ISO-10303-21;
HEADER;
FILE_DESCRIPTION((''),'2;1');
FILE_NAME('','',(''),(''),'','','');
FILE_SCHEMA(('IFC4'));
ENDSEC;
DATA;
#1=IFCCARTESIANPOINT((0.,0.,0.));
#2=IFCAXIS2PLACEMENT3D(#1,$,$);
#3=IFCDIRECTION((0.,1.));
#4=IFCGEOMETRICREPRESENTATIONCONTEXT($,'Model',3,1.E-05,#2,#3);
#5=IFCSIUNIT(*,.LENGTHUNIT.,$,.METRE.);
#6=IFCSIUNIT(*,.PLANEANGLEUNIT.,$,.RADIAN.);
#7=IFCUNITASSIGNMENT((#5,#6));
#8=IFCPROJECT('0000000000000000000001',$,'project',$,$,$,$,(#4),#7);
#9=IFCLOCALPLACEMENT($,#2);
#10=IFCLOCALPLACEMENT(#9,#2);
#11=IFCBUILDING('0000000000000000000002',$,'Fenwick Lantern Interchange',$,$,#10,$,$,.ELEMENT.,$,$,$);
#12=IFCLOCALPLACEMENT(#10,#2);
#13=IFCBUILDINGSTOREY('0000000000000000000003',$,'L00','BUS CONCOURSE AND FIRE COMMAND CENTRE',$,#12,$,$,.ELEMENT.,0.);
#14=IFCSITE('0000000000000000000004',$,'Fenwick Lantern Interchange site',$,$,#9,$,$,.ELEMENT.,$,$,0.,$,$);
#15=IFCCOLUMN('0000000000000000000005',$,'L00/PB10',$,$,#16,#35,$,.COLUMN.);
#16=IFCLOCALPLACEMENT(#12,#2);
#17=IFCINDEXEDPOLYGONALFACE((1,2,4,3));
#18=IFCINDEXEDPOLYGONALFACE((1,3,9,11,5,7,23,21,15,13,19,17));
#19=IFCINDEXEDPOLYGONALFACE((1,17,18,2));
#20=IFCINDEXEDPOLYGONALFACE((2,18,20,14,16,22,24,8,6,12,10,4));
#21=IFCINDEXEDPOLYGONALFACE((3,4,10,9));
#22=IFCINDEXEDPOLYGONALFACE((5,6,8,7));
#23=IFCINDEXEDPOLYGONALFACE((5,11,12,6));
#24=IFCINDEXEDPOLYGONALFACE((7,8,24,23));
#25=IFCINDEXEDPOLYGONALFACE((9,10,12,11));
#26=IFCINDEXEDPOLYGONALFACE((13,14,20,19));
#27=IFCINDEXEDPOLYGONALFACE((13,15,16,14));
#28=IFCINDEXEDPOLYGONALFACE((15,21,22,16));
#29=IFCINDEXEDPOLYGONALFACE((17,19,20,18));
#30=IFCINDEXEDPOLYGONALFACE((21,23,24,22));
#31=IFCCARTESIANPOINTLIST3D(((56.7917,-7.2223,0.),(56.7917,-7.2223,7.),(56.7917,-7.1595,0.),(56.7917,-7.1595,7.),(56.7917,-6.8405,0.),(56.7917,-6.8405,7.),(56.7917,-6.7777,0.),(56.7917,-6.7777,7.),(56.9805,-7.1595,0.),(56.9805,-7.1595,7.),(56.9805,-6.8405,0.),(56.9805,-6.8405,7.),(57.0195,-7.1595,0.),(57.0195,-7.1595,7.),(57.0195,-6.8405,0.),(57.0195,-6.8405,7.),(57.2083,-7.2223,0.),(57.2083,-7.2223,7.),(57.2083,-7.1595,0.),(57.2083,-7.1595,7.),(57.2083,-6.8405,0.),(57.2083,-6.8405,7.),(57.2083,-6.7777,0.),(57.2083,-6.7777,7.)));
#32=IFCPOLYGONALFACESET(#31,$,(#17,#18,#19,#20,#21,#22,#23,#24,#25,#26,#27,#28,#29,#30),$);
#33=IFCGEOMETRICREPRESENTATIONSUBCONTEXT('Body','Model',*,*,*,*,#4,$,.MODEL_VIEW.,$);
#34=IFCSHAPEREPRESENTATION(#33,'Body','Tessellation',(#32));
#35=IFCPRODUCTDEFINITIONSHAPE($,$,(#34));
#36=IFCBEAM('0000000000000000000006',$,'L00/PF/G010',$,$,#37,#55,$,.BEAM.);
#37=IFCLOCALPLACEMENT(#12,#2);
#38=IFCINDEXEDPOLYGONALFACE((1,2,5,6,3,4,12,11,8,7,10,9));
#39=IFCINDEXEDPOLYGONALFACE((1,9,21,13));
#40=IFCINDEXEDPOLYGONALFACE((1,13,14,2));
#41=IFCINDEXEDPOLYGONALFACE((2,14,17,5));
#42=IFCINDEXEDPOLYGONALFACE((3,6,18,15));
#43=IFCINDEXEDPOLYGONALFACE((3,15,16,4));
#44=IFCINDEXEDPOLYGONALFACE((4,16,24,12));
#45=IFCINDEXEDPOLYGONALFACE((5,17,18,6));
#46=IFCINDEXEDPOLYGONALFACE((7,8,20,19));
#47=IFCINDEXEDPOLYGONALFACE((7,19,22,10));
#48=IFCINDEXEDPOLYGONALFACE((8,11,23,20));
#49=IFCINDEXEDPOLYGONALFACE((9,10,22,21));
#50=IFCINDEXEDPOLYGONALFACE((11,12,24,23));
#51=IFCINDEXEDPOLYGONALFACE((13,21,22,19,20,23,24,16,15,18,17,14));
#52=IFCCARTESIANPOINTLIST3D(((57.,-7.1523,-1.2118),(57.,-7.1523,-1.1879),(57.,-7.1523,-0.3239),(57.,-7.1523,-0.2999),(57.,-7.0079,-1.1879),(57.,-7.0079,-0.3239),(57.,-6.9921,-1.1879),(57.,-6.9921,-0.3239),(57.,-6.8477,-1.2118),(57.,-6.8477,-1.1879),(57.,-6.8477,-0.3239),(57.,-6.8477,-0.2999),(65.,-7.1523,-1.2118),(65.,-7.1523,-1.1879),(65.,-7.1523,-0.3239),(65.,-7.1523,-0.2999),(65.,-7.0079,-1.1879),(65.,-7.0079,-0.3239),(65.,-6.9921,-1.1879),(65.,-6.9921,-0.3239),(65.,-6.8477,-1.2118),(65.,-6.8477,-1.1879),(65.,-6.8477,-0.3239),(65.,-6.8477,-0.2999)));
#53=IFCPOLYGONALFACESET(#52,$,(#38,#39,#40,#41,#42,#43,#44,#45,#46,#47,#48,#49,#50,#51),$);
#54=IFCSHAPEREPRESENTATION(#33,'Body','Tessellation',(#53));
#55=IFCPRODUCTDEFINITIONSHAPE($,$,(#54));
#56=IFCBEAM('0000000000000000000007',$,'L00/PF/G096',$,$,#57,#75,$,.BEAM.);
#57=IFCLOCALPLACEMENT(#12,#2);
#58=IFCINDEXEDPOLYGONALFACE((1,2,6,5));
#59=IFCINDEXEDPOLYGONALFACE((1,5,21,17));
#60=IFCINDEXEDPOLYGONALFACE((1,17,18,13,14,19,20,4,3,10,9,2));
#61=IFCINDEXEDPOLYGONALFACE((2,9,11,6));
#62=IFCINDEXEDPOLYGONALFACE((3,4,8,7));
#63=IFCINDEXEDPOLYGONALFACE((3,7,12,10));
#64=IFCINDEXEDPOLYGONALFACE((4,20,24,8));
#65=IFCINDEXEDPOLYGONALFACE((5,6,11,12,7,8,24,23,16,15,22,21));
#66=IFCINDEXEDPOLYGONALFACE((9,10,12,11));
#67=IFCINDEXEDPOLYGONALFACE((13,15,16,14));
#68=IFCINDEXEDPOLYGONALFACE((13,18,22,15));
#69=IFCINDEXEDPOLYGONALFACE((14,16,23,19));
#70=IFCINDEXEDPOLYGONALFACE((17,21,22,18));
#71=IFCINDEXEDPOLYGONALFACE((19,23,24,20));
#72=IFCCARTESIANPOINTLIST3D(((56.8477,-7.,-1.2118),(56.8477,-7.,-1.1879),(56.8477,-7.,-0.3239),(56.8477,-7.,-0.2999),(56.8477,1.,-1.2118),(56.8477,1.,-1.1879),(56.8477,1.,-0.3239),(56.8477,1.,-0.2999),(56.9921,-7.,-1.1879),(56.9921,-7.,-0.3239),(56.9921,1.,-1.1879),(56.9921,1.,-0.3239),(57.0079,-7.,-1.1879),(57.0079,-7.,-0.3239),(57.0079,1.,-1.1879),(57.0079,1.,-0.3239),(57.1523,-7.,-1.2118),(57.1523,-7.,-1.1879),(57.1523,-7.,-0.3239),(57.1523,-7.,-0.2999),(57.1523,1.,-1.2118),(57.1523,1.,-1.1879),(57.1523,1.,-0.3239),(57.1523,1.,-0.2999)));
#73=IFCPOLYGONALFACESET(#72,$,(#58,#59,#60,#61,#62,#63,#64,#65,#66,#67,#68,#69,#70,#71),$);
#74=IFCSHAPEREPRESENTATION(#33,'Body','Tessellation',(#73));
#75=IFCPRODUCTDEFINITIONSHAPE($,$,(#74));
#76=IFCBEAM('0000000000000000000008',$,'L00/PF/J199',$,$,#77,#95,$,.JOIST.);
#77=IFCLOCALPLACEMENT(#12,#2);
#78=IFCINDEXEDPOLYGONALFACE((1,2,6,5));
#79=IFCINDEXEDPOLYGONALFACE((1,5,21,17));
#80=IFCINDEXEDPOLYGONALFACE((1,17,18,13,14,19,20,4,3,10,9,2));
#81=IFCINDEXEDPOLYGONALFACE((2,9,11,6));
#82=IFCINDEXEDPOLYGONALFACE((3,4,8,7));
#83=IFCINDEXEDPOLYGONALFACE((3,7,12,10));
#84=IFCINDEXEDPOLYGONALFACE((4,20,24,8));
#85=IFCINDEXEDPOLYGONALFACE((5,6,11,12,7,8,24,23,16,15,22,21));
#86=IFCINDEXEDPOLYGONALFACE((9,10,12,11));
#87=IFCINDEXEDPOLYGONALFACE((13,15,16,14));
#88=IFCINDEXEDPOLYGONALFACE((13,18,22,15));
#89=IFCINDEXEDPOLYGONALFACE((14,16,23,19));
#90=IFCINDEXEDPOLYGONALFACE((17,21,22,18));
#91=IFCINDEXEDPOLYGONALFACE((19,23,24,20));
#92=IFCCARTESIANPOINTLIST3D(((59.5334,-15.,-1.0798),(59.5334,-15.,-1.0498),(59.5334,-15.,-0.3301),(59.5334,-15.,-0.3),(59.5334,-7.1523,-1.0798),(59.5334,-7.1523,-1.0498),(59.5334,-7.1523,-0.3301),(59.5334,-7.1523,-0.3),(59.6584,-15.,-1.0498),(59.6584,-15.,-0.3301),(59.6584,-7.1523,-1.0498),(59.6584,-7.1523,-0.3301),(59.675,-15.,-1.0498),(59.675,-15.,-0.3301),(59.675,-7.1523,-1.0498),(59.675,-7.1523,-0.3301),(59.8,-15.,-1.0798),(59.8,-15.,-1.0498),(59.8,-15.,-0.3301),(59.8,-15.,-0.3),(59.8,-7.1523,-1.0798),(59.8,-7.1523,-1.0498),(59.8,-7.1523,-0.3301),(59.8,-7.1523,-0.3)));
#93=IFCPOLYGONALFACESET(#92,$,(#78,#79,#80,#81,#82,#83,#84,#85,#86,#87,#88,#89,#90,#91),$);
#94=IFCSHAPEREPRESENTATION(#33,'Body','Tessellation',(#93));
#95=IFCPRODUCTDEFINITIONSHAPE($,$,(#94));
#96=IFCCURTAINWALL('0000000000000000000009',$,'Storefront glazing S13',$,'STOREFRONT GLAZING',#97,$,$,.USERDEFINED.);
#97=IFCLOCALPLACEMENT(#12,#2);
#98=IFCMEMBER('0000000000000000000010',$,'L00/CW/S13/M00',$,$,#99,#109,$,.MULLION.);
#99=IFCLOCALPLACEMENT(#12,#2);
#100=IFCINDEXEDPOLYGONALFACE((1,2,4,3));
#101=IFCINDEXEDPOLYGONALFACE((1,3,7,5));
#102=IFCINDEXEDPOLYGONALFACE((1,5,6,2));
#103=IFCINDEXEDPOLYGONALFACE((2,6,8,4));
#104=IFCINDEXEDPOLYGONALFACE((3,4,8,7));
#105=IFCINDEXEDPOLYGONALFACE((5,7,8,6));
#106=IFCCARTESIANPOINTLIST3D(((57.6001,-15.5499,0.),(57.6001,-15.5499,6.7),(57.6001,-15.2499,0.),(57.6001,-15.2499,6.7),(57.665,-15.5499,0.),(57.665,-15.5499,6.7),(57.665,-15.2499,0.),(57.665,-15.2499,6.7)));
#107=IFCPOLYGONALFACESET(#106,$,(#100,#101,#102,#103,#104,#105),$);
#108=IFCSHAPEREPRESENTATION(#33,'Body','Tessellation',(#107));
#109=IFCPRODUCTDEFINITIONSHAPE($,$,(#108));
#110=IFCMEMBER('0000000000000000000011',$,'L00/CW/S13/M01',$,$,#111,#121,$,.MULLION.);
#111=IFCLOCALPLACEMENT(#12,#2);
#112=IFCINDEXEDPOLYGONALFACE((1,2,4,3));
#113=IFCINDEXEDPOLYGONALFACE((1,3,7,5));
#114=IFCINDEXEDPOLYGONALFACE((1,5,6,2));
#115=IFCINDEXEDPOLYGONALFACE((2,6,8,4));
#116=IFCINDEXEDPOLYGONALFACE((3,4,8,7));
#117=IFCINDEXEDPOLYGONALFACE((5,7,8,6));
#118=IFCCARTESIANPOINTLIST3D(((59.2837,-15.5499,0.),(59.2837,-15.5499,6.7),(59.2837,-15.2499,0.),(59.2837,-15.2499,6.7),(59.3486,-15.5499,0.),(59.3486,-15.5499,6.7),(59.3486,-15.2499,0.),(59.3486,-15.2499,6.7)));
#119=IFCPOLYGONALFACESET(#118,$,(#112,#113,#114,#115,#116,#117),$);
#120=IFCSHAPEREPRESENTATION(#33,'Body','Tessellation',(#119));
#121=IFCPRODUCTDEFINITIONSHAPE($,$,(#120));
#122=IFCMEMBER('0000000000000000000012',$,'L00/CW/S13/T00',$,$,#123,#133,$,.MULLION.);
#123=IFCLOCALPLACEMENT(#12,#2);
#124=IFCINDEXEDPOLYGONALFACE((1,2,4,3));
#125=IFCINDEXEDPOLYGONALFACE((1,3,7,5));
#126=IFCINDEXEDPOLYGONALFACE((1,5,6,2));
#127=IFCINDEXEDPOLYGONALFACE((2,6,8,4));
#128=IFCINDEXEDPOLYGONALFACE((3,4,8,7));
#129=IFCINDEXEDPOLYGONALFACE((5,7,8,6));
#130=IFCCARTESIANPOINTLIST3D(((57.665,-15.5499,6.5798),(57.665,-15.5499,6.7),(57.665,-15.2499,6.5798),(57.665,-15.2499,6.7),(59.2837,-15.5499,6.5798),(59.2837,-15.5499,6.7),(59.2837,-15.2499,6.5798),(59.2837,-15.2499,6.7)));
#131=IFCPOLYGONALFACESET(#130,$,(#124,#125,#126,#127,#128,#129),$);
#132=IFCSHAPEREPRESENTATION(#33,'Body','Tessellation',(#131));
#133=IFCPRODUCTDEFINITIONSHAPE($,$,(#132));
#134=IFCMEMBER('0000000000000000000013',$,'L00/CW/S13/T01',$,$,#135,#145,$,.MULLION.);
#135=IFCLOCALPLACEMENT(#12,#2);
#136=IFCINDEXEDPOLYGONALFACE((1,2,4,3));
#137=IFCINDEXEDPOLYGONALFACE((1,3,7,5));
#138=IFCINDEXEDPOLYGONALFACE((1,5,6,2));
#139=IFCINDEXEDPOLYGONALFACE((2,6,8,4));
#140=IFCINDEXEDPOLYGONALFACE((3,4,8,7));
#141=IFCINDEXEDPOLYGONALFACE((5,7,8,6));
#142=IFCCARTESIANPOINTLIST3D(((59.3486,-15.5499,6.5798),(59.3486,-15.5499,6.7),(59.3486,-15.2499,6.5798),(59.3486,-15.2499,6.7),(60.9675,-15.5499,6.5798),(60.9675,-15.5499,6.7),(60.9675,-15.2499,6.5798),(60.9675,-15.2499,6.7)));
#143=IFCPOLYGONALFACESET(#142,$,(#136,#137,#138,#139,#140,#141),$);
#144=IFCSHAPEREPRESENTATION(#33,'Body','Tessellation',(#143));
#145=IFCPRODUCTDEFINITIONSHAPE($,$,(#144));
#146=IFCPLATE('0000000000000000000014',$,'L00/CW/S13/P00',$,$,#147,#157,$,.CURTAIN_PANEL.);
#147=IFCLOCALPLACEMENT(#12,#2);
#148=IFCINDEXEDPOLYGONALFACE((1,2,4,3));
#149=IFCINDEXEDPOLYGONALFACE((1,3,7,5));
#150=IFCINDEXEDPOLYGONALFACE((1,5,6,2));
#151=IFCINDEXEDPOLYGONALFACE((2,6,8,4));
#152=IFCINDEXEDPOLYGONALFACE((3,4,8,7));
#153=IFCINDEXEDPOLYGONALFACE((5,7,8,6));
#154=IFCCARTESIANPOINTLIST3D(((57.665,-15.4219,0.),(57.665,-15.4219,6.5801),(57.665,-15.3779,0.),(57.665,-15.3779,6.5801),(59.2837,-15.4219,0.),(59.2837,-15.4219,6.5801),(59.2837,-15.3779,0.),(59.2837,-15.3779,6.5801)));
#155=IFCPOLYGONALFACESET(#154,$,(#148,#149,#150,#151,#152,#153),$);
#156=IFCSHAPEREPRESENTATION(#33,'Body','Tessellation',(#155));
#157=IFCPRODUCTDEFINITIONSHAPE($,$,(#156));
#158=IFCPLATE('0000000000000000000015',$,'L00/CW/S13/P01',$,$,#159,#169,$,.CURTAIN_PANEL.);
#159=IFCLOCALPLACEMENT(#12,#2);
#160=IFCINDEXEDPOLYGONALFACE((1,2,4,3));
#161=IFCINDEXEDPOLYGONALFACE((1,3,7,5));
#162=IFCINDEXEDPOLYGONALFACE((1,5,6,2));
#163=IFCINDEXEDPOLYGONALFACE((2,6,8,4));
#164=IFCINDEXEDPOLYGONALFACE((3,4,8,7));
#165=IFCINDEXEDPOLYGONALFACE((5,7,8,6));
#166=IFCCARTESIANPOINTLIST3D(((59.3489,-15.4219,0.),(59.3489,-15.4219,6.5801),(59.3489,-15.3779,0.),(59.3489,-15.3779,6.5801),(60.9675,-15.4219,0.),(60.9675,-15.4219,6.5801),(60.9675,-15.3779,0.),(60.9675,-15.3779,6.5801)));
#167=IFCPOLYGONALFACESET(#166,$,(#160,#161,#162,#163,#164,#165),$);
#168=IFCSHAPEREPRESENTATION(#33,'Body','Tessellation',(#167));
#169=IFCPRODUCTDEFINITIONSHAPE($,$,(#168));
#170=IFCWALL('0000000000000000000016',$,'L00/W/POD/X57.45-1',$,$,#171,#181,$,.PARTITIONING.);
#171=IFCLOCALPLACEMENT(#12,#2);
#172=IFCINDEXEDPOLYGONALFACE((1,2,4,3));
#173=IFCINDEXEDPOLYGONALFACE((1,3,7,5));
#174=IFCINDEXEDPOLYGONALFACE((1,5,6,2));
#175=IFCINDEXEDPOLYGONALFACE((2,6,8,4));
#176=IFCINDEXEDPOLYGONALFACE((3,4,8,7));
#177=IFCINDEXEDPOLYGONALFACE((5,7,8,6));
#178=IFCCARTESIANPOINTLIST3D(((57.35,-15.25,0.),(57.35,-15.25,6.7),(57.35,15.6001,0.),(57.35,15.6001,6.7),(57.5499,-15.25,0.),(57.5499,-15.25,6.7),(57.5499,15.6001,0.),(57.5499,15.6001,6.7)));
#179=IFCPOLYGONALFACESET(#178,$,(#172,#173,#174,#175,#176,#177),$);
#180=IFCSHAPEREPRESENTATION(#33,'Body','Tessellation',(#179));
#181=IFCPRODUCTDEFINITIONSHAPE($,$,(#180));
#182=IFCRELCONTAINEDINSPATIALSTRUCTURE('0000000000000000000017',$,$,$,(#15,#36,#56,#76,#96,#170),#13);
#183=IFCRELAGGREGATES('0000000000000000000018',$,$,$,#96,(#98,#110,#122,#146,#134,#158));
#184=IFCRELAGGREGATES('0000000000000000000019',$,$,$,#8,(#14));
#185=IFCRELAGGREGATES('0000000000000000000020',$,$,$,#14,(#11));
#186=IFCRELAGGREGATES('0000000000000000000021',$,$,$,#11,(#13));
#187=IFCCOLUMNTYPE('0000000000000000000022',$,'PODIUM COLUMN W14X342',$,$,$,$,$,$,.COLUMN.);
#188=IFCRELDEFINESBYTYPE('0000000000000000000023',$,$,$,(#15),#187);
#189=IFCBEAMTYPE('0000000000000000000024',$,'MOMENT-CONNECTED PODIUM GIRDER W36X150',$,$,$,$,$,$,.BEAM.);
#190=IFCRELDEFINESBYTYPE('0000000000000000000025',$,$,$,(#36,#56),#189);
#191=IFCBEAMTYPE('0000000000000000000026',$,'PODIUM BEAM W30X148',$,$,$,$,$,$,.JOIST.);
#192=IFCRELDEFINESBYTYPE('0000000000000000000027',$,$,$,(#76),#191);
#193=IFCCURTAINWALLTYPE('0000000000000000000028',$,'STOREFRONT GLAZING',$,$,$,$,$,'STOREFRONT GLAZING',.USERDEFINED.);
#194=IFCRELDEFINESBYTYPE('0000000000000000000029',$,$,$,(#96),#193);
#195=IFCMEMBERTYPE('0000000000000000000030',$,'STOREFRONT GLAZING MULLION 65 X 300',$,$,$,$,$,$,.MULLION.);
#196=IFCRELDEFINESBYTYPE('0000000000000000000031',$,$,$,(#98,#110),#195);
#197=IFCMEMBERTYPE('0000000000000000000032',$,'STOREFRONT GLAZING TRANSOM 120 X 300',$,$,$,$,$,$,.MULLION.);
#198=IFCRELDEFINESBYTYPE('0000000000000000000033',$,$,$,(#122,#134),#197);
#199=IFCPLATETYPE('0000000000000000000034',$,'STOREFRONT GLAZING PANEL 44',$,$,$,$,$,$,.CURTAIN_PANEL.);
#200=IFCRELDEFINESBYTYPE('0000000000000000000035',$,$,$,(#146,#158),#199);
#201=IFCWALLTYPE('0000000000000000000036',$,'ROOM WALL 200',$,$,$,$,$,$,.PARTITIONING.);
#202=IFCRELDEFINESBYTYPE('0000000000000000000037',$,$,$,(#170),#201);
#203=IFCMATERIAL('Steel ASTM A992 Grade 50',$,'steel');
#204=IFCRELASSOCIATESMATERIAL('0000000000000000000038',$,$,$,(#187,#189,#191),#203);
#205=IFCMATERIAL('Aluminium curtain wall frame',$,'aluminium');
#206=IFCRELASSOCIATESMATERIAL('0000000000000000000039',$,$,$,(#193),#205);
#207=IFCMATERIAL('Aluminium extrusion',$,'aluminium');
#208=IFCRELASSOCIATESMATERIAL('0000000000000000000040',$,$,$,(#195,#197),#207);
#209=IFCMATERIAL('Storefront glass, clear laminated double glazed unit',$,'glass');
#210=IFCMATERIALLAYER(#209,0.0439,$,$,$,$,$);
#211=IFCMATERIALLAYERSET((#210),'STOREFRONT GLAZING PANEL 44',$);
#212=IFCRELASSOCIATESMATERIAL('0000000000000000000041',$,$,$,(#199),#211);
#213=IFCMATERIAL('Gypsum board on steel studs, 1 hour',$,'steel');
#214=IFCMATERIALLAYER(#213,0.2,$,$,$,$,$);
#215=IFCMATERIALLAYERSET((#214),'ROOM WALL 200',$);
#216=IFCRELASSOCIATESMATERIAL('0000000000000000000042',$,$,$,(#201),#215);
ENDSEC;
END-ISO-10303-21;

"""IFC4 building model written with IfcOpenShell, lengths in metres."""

from ifc_helpers import new_model, si_unit, direction, frame, frame_2d, origin, origin_2d, place, context, subcontext, project, spatial, rectangle, i_section, extrude, material, layer, layer_set, material_profile, profile_set, type_object, element, aggregate, save


model = new_model("IFC4")

# Units and contexts
model_context = context("Model", 3, precision=1e-05, world=origin(), true_north=direction((0.0, 1.0)))
body_context = subcontext(model_context, "Body", "Model", "MODEL_VIEW")
ifc_project = project(units=[si_unit("LENGTHUNIT", "METRE"), si_unit("PLANEANGLEUNIT", "RADIAN")], contexts=[model_context])

# Site, building, storey
site_placement = place(None, origin())
site = spatial("IfcSite", under=ifc_project, at=site_placement, Name="Fenwick Lantern Interchange site", CompositionType="ELEMENT", RefElevation=0.0)
building_placement = place(site_placement, origin())
building = spatial("IfcBuilding", under=site, at=building_placement, Name="Fenwick Lantern Interchange", CompositionType="ELEMENT")
storey_placement = place(building_placement, origin())
storey = spatial("IfcBuildingStorey", under=building, at=storey_placement, Name="L00", Description="BUS CONCOURSE AND FIRE COMMAND CENTRE", CompositionType="ELEMENT", Elevation=0.0)

# Column
ifc_material_1 = material(Name="Steel ASTM A992 Grade 50", Category="steel")
ifc_material_profile_1 = material_profile(ifc_material_1, i_section(OverallWidth=0.4165, OverallDepth=0.4446, WebThickness=0.0391, FlangeThickness=0.0627, at=origin_2d()), Name="W14X342")
ifc_profile_set_1 = profile_set([ifc_material_profile_1], Name="Steel ASTM A992 Grade 50")
column_type = type_object("IfcColumnType", Name="PODIUM COLUMN W14X342", PredefinedType="COLUMN", material=ifc_profile_set_1)
column_placement = place(storey_placement, frame((57.0, -7.0, 0.0), z_axis=(0.0, 0.0, 1.0), x_axis=(1.0, 0.0, 0.0)))
element("IfcColumn", 1, at=column_placement, inside=storey, type_object=column_type, Name="L00/PB10", PredefinedType="COLUMN", context=body_context, shape_type="SweptSolid", body=[
    extrude(i_section(OverallWidth=0.4165, OverallDepth=0.4446, WebThickness=0.0391, FlangeThickness=0.0627, at=origin_2d()), origin(), (0.0, 0.0, 1.0), 7.0),
])

# Beams
ifc_material_profile_2 = material_profile(ifc_material_1, i_section(OverallWidth=0.3047, OverallDepth=0.9119, WebThickness=0.0159, FlangeThickness=0.0239, at=origin_2d()), Name="W36X150")
ifc_profile_set_2 = profile_set([ifc_material_profile_2], Name="Steel ASTM A992 Grade 50")
beam_type_1 = type_object("IfcBeamType", Name="MOMENT-CONNECTED PODIUM GIRDER W36X150", PredefinedType="BEAM", material=ifc_profile_set_2)
for number, where, z_axis, x_axis, name in (
    (2, (57.0, -7.0, -0.7559), (1.0, 0.0, 0.0), (0.0, 1.0, 0.0), "L00/PF/G010"),
    (3, (57.0, -7.0, -0.7559), (0.0, 1.0, 0.0), (-1.0, 0.0, 0.0), "L00/PF/G096"),
):
    element("IfcBeam", number, at=place(storey_placement, frame(where, z_axis=z_axis, x_axis=x_axis)), inside=storey, type_object=beam_type_1, Name=name, PredefinedType="BEAM", context=body_context, shape_type="SweptSolid", body=[
        extrude(i_section(OverallWidth=0.3047, OverallDepth=0.9119, WebThickness=0.0159, FlangeThickness=0.0239, at=origin_2d()), origin(), (0.0, 0.0, 1.0), 8.0),
    ])
ifc_material_profile_3 = material_profile(ifc_material_1, i_section(OverallWidth=0.2666, OverallDepth=0.7798, WebThickness=0.0166, FlangeThickness=0.03, at=origin_2d()), Name="W30X148")
ifc_profile_set_3 = profile_set([ifc_material_profile_3], Name="Steel ASTM A992 Grade 50")
beam_type_2 = type_object("IfcBeamType", Name="PODIUM BEAM W30X148", PredefinedType="JOIST", material=ifc_profile_set_3)
beam_placement = place(storey_placement, frame((59.6667, -15.0, -0.6899), z_axis=(0.0, 1.0, 0.0), x_axis=(-1.0, 0.0, 0.0)))
element("IfcBeam", 4, at=beam_placement, inside=storey, type_object=beam_type_2, Name="L00/PF/J199", PredefinedType="JOIST", context=body_context, shape_type="SweptSolid", body=[
    extrude(i_section(OverallWidth=0.2666, OverallDepth=0.7798, WebThickness=0.0166, FlangeThickness=0.03, at=origin_2d()), origin(), (0.0, 0.0, 1.0), 7.8477),
])

# Curtain wall, members, plates
ifc_material_2 = material(Name="Aluminium curtain wall frame", Category="aluminium")
curtain_wall_type = type_object("IfcCurtainWallType", Name="STOREFRONT GLAZING", ElementType="STOREFRONT GLAZING", PredefinedType="USERDEFINED", material=ifc_material_2)
curtain_wall_placement = place(storey_placement, origin())
curtain_wall = element("IfcCurtainWall", 5, at=curtain_wall_placement, inside=storey, type_object=curtain_wall_type, Name="Storefront glazing S13", ObjectType="STOREFRONT GLAZING", PredefinedType="USERDEFINED")
ifc_material_3 = material(Name="Aluminium extrusion", Category="aluminium")
ifc_material_profile_4 = material_profile(ifc_material_3, rectangle(XDim=0.3, YDim=0.0649, at=origin_2d()), Name="STOREFRONT GLAZING MULLION 65 X 300")
ifc_profile_set_4 = profile_set([ifc_material_profile_4], Name="Aluminium extrusion")
member_type_1 = type_object("IfcMemberType", Name="STOREFRONT GLAZING MULLION 65 X 300", PredefinedType="MULLION", material=ifc_profile_set_4)
member_1_placement = place(storey_placement, frame((57.6326, -15.3999, 0.0), z_axis=(0.0, 0.0, 1.0), x_axis=(0.0, 1.0, 0.0)))
member_1 = element("IfcMember", 6, at=member_1_placement, type_object=member_type_1, Name="L00/CW/S13/M00", PredefinedType="MULLION", context=body_context, shape_type="SweptSolid", body=[
    extrude(rectangle(XDim=0.3, YDim=0.0649, at=origin_2d()), origin(), (0.0, 0.0, 1.0), 6.7),
])
member_2_placement = place(storey_placement, frame((59.3162, -15.3999, 0.0), z_axis=(0.0, 0.0, 1.0), x_axis=(0.0, 1.0, 0.0)))
member_2 = element("IfcMember", 7, at=member_2_placement, type_object=member_type_1, Name="L00/CW/S13/M01", PredefinedType="MULLION", context=body_context, shape_type="SweptSolid", body=[
    extrude(rectangle(XDim=0.3, YDim=0.0649, at=origin_2d()), origin(), (0.0, 0.0, 1.0), 6.7),
])
ifc_material_profile_5 = material_profile(ifc_material_3, rectangle(XDim=0.3, YDim=0.1201, at=origin_2d()), Name="STOREFRONT GLAZING TRANSOM 120 X 300")
ifc_profile_set_5 = profile_set([ifc_material_profile_5], Name="Aluminium extrusion")
member_type_2 = type_object("IfcMemberType", Name="STOREFRONT GLAZING TRANSOM 120 X 300", PredefinedType="MULLION", material=ifc_profile_set_5)
member_3_placement = place(storey_placement, frame((57.665, -15.3999, 6.6399), z_axis=(1.0, 0.0, 0.0), x_axis=(0.0, 1.0, 0.0)))
member_3 = element("IfcMember", 8, at=member_3_placement, type_object=member_type_2, Name="L00/CW/S13/T00", PredefinedType="MULLION", context=body_context, shape_type="SweptSolid", body=[
    extrude(rectangle(XDim=0.3, YDim=0.1201, at=origin_2d()), origin(), (0.0, 0.0, 1.0), 1.6187),
])
member_4_placement = place(storey_placement, frame((59.3486, -15.3999, 6.6399), z_axis=(1.0, 0.0, 0.0), x_axis=(0.0, 1.0, 0.0)))
member_4 = element("IfcMember", 9, at=member_4_placement, type_object=member_type_2, Name="L00/CW/S13/T01", PredefinedType="MULLION", context=body_context, shape_type="SweptSolid", body=[
    extrude(rectangle(XDim=0.3, YDim=0.1201, at=origin_2d()), origin(), (0.0, 0.0, 1.0), 1.6189),
])
ifc_material_4 = material(Name="Storefront glass, clear laminated double glazed unit", Category="glass")
ifc_layer_1 = layer(ifc_material_4, 0.0439)
ifc_layer_set_1 = layer_set([ifc_layer_1], Name="STOREFRONT GLAZING PANEL 44")
plate_type = type_object("IfcPlateType", Name="STOREFRONT GLAZING PANEL 44", PredefinedType="CURTAIN_PANEL", material=ifc_layer_set_1)
plate_1_placement = place(storey_placement, frame((58.4744, -15.3999, 0.0), z_axis=(0.0, 0.0, 1.0), x_axis=(1.0, 0.0, 0.0)))
plate_1 = element("IfcPlate", 10, at=plate_1_placement, type_object=plate_type, Name="L00/CW/S13/P00", PredefinedType="CURTAIN_PANEL", context=body_context, shape_type="SweptSolid", body=[
    extrude(rectangle(XDim=1.6187, YDim=0.0439, at=origin_2d()), origin(), (0.0, 0.0, 1.0), 6.5801),
])
plate_2_placement = place(storey_placement, frame((60.1582, -15.3999, 0.0), z_axis=(0.0, 0.0, 1.0), x_axis=(1.0, 0.0, 0.0)))
plate_2 = element("IfcPlate", 11, at=plate_2_placement, type_object=plate_type, Name="L00/CW/S13/P01", PredefinedType="CURTAIN_PANEL", context=body_context, shape_type="SweptSolid", body=[
    extrude(rectangle(XDim=1.6187, YDim=0.0439, at=origin_2d()), origin(), (0.0, 0.0, 1.0), 6.5801),
])
aggregate(curtain_wall, [member_1, member_2, member_3, plate_1, member_4, plate_2])

# Wall
ifc_material_5 = material(Name="Gypsum board on steel studs, 1 hour", Category="steel")
ifc_layer_2 = layer(ifc_material_5, 0.2)
ifc_layer_set_2 = layer_set([ifc_layer_2], Name="ROOM WALL 200")
wall_type = type_object("IfcWallType", Name="ROOM WALL 200", PredefinedType="PARTITIONING", material=ifc_layer_set_2)
wall_placement = place(storey_placement, frame((57.45, -15.25, 0.0), z_axis=(0.0, 0.0, 1.0), x_axis=(0.0, 1.0, 0.0)))
element("IfcWall", 12, at=wall_placement, inside=storey, type_object=wall_type, Name="L00/W/POD/X57.45-1", PredefinedType="PARTITIONING", context=body_context, shape_type="SweptSolid", body=[
    extrude(rectangle(XDim=30.8501, YDim=0.2, at=frame_2d((15.425, 0.0))), origin(), (0.0, 0.0, 1.0), 6.7),
])

save(model, "model.ifc")
